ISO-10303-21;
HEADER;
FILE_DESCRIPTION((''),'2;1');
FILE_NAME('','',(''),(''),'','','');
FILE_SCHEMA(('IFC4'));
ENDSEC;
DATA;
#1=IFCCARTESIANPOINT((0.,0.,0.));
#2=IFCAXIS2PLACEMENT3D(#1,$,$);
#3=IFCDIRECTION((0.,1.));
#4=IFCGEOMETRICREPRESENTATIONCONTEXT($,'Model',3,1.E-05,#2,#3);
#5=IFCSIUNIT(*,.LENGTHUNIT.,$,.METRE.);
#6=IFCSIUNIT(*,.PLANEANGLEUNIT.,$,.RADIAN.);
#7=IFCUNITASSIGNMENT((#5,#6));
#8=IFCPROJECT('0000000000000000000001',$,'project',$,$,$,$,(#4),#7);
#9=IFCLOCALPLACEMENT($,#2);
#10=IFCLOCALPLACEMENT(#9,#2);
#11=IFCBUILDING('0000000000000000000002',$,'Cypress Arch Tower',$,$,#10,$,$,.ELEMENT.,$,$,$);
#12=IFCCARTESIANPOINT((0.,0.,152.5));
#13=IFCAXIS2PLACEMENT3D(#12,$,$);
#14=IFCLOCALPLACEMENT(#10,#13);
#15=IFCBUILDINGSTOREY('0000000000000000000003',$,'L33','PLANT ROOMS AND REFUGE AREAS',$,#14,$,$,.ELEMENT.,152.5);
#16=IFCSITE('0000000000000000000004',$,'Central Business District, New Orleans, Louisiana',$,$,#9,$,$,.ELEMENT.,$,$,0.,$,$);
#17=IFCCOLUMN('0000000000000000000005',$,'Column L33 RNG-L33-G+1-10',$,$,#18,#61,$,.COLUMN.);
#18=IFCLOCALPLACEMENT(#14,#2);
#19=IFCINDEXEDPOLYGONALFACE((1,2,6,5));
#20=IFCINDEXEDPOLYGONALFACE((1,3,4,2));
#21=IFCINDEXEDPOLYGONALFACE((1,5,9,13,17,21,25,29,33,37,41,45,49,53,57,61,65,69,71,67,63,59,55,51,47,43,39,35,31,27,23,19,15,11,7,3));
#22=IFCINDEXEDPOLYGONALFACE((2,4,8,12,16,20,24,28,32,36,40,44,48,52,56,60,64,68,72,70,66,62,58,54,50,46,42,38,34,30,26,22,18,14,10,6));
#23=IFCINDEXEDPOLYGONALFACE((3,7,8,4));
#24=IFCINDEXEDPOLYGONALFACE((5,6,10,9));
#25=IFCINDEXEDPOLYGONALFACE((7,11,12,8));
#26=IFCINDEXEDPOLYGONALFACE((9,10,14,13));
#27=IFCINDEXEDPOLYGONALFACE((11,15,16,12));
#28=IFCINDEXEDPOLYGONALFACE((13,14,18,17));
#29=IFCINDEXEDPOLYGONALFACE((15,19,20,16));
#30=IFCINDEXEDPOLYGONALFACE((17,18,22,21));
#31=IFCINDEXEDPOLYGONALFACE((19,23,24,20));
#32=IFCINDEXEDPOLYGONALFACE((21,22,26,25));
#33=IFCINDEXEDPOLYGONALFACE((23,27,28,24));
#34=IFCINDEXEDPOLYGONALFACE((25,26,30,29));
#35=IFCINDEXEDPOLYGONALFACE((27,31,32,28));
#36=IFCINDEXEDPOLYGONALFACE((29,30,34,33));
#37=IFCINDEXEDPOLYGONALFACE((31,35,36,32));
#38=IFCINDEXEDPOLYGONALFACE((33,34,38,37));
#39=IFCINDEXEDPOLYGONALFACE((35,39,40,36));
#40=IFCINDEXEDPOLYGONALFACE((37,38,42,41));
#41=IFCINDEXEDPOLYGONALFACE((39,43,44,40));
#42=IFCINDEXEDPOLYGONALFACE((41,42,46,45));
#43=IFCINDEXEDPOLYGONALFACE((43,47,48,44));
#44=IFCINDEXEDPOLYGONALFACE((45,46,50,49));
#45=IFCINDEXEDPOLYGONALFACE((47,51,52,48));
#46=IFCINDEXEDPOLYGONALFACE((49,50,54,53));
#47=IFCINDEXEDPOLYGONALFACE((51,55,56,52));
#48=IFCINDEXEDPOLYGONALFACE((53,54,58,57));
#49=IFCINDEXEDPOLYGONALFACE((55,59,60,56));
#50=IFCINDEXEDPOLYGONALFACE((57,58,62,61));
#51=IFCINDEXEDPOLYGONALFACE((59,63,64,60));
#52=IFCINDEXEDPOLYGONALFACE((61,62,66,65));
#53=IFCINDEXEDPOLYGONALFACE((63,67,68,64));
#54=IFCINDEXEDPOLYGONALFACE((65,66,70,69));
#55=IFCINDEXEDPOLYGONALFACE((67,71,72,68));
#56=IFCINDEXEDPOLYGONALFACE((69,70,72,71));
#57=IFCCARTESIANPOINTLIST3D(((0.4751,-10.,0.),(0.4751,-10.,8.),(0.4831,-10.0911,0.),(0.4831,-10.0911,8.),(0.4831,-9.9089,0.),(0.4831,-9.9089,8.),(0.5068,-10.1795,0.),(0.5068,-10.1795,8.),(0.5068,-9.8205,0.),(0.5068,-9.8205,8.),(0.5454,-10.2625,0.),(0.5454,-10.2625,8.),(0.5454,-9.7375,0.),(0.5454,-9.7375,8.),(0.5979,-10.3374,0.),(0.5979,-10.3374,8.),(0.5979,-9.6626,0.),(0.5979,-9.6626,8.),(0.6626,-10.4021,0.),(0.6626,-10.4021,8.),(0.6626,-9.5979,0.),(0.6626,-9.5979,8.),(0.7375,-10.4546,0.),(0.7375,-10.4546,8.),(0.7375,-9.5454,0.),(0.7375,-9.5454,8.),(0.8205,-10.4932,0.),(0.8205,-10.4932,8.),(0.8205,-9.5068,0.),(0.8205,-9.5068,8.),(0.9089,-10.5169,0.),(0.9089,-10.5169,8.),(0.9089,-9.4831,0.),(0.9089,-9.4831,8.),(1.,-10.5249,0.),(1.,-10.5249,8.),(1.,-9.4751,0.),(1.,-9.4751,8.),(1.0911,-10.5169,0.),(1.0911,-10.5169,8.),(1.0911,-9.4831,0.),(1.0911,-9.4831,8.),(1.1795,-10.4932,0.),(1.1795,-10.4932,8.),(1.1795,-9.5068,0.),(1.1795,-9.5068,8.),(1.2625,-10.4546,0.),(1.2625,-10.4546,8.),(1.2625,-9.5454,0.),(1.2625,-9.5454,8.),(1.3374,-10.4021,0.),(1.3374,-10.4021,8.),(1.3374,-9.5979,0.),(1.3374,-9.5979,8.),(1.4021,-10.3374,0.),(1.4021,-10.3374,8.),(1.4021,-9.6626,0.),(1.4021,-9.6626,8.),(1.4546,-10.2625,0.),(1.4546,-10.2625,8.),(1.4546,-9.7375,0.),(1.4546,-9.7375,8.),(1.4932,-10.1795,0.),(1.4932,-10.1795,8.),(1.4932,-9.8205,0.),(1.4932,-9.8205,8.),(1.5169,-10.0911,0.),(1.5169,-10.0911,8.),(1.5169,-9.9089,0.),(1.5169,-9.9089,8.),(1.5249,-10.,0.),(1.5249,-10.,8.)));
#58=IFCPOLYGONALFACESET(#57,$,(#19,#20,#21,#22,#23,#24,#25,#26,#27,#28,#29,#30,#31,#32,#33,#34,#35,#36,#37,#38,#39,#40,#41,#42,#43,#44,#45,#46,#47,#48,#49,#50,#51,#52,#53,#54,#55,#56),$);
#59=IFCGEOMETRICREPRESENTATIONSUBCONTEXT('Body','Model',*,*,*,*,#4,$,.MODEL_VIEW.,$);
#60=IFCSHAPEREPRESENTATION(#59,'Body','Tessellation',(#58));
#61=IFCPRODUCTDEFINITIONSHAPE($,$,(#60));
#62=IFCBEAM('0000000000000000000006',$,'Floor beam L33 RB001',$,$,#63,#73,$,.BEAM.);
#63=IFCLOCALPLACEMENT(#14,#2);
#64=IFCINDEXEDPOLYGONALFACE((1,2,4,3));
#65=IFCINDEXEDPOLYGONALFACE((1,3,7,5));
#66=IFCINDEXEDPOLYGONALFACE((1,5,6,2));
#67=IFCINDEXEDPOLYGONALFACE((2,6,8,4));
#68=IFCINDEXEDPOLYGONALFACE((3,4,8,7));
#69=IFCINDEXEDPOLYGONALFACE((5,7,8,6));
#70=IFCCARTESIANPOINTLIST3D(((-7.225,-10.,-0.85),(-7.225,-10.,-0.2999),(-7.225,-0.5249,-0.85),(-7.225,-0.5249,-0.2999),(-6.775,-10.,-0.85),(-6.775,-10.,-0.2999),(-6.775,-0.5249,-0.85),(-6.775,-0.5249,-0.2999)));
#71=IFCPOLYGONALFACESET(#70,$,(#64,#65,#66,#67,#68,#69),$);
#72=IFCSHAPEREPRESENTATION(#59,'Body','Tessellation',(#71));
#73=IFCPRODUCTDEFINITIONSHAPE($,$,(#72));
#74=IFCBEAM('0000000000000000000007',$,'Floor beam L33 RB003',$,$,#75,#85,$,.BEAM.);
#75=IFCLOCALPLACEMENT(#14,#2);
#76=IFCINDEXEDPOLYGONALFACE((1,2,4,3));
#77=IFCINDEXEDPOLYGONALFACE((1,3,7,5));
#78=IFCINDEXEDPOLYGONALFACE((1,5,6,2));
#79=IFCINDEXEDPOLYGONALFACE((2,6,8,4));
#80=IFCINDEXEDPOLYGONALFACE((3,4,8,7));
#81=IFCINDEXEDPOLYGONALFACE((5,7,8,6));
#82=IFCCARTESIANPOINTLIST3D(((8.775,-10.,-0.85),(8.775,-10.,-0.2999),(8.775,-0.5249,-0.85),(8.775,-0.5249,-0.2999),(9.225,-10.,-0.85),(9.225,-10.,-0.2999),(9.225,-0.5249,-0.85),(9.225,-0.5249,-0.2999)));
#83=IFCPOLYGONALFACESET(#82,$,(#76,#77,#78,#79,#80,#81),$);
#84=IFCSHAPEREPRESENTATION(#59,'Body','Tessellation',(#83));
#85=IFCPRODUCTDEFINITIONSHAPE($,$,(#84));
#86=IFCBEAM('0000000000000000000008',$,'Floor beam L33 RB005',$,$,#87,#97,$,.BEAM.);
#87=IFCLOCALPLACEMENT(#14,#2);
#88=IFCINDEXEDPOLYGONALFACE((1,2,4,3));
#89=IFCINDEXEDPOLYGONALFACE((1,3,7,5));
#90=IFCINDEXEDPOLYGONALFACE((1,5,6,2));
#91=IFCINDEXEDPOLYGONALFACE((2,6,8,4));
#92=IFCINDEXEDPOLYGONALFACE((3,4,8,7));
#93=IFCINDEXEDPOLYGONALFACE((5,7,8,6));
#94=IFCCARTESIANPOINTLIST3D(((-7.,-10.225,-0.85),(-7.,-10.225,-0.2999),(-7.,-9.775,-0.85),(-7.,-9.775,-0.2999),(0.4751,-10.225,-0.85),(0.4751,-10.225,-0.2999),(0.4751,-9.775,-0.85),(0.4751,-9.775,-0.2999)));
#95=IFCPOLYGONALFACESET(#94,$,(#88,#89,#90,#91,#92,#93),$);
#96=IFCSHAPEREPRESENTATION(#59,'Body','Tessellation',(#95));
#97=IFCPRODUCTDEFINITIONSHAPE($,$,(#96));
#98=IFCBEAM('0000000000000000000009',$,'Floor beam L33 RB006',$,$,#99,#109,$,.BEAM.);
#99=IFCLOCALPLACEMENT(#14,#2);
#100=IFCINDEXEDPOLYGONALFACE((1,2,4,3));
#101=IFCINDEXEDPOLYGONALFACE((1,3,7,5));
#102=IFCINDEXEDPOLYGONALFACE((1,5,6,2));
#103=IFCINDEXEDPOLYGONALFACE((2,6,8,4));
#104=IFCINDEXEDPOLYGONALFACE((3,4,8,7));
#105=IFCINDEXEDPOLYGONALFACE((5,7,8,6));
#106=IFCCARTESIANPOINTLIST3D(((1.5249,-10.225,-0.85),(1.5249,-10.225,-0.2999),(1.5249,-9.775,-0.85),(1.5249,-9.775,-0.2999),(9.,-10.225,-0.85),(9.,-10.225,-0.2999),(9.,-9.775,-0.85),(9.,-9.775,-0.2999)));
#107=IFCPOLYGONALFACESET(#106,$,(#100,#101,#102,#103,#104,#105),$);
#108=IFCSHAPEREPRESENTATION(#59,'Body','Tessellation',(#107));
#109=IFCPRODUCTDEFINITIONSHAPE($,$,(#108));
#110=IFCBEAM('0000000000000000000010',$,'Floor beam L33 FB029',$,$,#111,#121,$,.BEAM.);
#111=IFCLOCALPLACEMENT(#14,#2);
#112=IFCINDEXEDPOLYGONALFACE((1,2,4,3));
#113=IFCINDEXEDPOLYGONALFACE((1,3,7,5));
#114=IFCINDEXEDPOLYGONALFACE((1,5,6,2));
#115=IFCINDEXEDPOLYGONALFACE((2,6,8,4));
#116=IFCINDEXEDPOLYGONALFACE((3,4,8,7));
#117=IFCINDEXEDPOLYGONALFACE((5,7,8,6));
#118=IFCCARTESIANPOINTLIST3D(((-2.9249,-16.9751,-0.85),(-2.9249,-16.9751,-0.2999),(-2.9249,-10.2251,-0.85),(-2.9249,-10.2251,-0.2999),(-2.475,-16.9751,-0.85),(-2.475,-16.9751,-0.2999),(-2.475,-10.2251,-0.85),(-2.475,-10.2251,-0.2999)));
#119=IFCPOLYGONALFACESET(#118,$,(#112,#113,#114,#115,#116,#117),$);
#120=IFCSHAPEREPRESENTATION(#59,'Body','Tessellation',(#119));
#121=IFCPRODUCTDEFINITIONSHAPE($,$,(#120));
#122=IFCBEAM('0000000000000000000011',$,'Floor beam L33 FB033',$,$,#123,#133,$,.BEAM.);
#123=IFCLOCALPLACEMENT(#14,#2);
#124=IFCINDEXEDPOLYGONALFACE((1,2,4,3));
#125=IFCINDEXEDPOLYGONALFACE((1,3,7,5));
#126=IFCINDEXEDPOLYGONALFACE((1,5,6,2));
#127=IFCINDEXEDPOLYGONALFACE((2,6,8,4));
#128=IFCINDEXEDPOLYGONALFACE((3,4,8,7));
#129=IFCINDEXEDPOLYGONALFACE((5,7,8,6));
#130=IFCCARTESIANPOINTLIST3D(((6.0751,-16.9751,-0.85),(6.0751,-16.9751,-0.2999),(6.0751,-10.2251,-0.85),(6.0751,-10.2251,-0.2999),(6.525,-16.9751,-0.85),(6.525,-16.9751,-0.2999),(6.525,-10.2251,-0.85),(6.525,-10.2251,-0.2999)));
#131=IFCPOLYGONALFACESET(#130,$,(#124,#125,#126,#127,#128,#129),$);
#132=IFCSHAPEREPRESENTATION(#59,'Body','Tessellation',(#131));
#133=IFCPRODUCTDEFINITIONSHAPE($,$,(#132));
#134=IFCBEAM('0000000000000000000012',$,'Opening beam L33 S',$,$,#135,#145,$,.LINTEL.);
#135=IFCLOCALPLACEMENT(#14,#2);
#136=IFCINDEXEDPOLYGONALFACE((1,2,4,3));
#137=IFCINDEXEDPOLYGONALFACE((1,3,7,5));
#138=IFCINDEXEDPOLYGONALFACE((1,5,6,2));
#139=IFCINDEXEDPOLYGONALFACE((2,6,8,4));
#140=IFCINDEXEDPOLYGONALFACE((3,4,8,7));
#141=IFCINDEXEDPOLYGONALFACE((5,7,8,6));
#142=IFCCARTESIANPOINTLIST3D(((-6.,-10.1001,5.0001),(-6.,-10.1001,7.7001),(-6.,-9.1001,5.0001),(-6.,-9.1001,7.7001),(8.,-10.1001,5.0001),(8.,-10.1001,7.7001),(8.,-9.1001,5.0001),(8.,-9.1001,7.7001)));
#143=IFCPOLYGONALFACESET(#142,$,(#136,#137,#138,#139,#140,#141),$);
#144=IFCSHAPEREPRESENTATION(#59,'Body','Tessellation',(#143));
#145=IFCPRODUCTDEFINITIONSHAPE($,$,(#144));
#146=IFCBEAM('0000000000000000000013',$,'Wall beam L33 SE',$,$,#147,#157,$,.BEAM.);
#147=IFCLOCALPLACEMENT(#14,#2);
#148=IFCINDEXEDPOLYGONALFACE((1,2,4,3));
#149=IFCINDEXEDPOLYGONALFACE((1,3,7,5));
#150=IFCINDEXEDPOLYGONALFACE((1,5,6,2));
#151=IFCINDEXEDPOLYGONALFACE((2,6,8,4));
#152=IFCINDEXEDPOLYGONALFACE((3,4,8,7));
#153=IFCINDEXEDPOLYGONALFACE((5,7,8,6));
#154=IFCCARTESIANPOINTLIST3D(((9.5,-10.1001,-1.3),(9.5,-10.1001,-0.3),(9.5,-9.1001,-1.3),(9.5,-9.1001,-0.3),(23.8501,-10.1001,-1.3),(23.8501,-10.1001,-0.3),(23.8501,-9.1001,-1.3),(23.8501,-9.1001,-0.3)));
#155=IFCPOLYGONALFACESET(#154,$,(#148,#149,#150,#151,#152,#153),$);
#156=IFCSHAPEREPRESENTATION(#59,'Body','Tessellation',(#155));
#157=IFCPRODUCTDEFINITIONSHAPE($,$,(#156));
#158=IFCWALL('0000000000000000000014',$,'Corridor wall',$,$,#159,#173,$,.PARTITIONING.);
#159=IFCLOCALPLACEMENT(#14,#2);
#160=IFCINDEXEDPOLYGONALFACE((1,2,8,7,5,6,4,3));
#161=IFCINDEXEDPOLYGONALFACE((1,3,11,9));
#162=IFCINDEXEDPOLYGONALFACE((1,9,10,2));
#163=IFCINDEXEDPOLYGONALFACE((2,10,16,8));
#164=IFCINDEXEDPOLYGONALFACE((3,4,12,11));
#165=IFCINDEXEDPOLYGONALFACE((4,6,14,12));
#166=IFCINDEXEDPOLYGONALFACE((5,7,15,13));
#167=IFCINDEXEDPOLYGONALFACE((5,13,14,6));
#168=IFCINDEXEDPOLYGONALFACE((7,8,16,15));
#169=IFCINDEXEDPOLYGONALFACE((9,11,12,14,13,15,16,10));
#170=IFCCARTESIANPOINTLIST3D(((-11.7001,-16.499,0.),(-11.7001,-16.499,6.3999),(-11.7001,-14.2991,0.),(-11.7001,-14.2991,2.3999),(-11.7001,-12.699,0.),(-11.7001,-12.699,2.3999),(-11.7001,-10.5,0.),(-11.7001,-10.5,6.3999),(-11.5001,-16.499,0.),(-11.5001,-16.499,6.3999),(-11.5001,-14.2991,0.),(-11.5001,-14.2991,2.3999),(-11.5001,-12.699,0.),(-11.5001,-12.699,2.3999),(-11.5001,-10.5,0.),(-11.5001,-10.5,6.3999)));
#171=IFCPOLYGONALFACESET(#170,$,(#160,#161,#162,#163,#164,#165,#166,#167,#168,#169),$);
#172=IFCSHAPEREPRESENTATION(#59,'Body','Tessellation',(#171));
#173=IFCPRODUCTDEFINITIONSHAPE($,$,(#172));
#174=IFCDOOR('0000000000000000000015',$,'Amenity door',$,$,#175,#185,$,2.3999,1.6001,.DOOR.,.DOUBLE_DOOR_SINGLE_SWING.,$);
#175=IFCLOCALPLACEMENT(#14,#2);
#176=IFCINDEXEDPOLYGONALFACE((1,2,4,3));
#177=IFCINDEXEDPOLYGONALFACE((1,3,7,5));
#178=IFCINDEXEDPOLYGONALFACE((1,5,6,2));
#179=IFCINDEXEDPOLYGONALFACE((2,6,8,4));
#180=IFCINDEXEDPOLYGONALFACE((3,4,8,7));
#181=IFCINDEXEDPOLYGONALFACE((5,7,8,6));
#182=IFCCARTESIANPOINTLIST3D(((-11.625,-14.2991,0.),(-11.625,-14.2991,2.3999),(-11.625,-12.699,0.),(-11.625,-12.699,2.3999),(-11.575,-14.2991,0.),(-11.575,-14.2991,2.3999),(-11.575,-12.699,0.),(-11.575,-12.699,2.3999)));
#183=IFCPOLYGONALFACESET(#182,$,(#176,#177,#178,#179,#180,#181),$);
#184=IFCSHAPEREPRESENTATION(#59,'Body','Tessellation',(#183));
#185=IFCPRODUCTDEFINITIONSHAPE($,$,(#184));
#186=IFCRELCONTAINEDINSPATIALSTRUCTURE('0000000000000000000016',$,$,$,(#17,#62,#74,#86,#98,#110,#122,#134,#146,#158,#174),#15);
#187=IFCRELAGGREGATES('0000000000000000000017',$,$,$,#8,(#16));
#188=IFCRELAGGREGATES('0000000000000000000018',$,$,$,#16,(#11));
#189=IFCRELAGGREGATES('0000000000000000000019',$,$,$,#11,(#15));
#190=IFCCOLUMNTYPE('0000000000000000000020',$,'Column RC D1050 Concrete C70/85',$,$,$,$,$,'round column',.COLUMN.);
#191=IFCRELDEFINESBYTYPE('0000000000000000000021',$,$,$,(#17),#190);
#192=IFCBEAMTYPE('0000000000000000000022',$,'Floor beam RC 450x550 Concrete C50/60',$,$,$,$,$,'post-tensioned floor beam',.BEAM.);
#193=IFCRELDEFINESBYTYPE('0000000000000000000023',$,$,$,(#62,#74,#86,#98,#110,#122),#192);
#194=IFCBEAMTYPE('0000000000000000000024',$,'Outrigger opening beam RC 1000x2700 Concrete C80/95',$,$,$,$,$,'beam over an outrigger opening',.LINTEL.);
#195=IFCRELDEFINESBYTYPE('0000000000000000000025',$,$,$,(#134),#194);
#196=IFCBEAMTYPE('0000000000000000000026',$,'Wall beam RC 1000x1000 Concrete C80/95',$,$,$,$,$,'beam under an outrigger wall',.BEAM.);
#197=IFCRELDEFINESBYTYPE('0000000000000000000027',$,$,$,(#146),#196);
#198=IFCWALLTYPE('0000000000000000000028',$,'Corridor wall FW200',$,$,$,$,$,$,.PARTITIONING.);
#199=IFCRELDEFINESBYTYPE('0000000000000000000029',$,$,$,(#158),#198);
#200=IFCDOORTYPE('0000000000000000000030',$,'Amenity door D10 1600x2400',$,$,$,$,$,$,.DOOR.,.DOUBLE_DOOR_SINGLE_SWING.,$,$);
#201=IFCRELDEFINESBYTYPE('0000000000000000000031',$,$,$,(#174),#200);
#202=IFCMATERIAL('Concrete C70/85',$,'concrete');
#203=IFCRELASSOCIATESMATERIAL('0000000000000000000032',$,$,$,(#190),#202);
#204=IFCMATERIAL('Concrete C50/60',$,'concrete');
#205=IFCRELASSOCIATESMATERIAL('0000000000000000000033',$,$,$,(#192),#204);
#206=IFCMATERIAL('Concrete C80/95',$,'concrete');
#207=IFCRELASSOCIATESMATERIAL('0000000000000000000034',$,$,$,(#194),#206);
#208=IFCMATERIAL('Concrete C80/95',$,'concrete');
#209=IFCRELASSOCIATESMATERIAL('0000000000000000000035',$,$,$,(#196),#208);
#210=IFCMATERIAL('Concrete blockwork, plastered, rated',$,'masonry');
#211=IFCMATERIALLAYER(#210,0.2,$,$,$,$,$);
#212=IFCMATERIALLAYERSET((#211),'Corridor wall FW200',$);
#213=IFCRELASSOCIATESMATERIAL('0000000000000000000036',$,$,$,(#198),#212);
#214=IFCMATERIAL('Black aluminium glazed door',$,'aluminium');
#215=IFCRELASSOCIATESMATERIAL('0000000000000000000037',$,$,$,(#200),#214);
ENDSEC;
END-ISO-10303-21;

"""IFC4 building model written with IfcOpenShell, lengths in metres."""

from ifc_helpers import new_model, si_unit, direction, frame, frame_2d, origin, origin_2d, place, context, subcontext, project, spatial, rectangle, circle, extrude, material, layer, layer_set, material_profile, profile_set, type_object, element, fill, save


model = new_model("IFC4")

# Units and contexts
model_context = context("Model", 3, precision=1e-05, world=origin(), true_north=direction((0.0, 1.0)))
body_context = subcontext(model_context, "Body", "Model", "MODEL_VIEW")
ifc_project = project(units=[si_unit("LENGTHUNIT", "METRE"), si_unit("PLANEANGLEUNIT", "RADIAN")], contexts=[model_context])

# Site, building, storey
site_placement = place(None, origin())
site = spatial("IfcSite", under=ifc_project, at=site_placement, Name="Central Business District, New Orleans, Louisiana", CompositionType="ELEMENT", RefElevation=0.0)
building_placement = place(site_placement, origin())
building = spatial("IfcBuilding", under=site, at=building_placement, Name="Cypress Arch Tower", CompositionType="ELEMENT")
storey_placement = place(building_placement, frame((0.0, 0.0, 152.5)))
storey = spatial("IfcBuildingStorey", under=building, at=storey_placement, Name="L33", Description="PLANT ROOMS AND REFUGE AREAS", CompositionType="ELEMENT", Elevation=152.5)

# Column
ifc_material_1 = material(Name="Concrete C70/85", Category="concrete")
ifc_material_profile_1 = material_profile(ifc_material_1, circle(Radius=0.5249, at=origin_2d()), Name="RC D1050")
ifc_profile_set_1 = profile_set([ifc_material_profile_1], Name="Concrete C70/85")
column_type = type_object("IfcColumnType", Name="Column RC D1050 Concrete C70/85", ElementType="round column", PredefinedType="COLUMN", material=ifc_profile_set_1)
column_placement = place(storey_placement, frame((1.0, -10.0, 0.0), z_axis=(0.0, 0.0, 1.0), x_axis=(1.0, 0.0, 0.0)))
element("IfcColumn", 1, at=column_placement, inside=storey, type_object=column_type, Name="Column L33 RNG-L33-G+1-10", PredefinedType="COLUMN", context=body_context, shape_type="SweptSolid", body=[
    extrude(circle(Radius=0.5249, at=origin_2d()), origin(), (0.0, 0.0, 1.0), 8.0),
])

# Beams
ifc_material_2 = material(Name="Concrete C50/60", Category="concrete")
ifc_material_profile_2 = material_profile(ifc_material_2, rectangle(XDim=0.45, YDim=0.55, at=origin_2d()), Name="RC 450x550")
ifc_profile_set_2 = profile_set([ifc_material_profile_2], Name="Concrete C50/60")
beam_type_1 = type_object("IfcBeamType", Name="Floor beam RC 450x550 Concrete C50/60", ElementType="post-tensioned floor beam", PredefinedType="BEAM", material=ifc_profile_set_2)
for number, where, z_axis, x_axis, name in (
    (2, (-7.0, -10.0, -0.575), (0.0, 1.0, 0.0), (-1.0, 0.0, 0.0), "Floor beam L33 RB001"),
    (3, (9.0, -10.0, -0.575), (0.0, 1.0, 0.0), (-1.0, 0.0, 0.0), "Floor beam L33 RB003"),
):
    element("IfcBeam", number, at=place(storey_placement, frame(where, z_axis=z_axis, x_axis=x_axis)), inside=storey, type_object=beam_type_1, Name=name, PredefinedType="BEAM", context=body_context, shape_type="SweptSolid", body=[
        extrude(rectangle(XDim=0.45, YDim=0.55, at=origin_2d()), origin(), (0.0, 0.0, 1.0), 9.4751),
    ])
for number, where, z_axis, x_axis, name in (
    (4, (-7.0, -10.0, -0.575), (1.0, 0.0, 0.0), (0.0, 1.0, 0.0), "Floor beam L33 RB005"),
    (5, (1.5249, -10.0, -0.575), (1.0, 0.0, 0.0), (0.0, 1.0, 0.0), "Floor beam L33 RB006"),
):
    element("IfcBeam", number, at=place(storey_placement, frame(where, z_axis=z_axis, x_axis=x_axis)), inside=storey, type_object=beam_type_1, Name=name, PredefinedType="BEAM", context=body_context, shape_type="SweptSolid", body=[
        extrude(rectangle(XDim=0.45, YDim=0.55, at=origin_2d()), origin(), (0.0, 0.0, 1.0), 7.4751),
    ])
for number, where, z_axis, x_axis, name in (
    (6, (-2.7, -16.9751, -0.575), (0.0, 1.0, 0.0), (-1.0, 0.0, 0.0), "Floor beam L33 FB029"),
    (7, (6.3, -16.9751, -0.575), (0.0, 1.0, 0.0), (-1.0, 0.0, 0.0), "Floor beam L33 FB033"),
):
    element("IfcBeam", number, at=place(storey_placement, frame(where, z_axis=z_axis, x_axis=x_axis)), inside=storey, type_object=beam_type_1, Name=name, PredefinedType="BEAM", context=body_context, shape_type="SweptSolid", body=[
        extrude(rectangle(XDim=0.45, YDim=0.55, at=origin_2d()), origin(), (0.0, 0.0, 1.0), 6.75),
    ])
ifc_material_3 = material(Name="Concrete C80/95", Category="concrete")
ifc_material_profile_3 = material_profile(ifc_material_3, rectangle(XDim=1.0, YDim=2.7, at=origin_2d()), Name="RC 1000x2700")
ifc_profile_set_3 = profile_set([ifc_material_profile_3], Name="Concrete C80/95")
beam_type_2 = type_object("IfcBeamType", Name="Outrigger opening beam RC 1000x2700 Concrete C80/95", ElementType="beam over an outrigger opening", PredefinedType="LINTEL", material=ifc_profile_set_3)
beam_1_placement = place(storey_placement, frame((-6.0, -9.6001, 6.3501), z_axis=(1.0, 0.0, 0.0), x_axis=(0.0, 1.0, 0.0)))
element("IfcBeam", 8, at=beam_1_placement, inside=storey, type_object=beam_type_2, Name="Opening beam L33 S", PredefinedType="LINTEL", context=body_context, shape_type="SweptSolid", body=[
    extrude(rectangle(XDim=1.0, YDim=2.7, at=origin_2d()), origin(), (0.0, 0.0, 1.0), 14.0),
])
ifc_material_4 = material(Name="Concrete C80/95", Category="concrete")
ifc_material_profile_4 = material_profile(ifc_material_4, rectangle(XDim=1.0, YDim=1.0, at=origin_2d()), Name="RC 1000x1000")
ifc_profile_set_4 = profile_set([ifc_material_profile_4], Name="Concrete C80/95")
beam_type_3 = type_object("IfcBeamType", Name="Wall beam RC 1000x1000 Concrete C80/95", ElementType="beam under an outrigger wall", PredefinedType="BEAM", material=ifc_profile_set_4)
beam_2_placement = place(storey_placement, frame((9.5, -9.6001, -0.8), z_axis=(1.0, 0.0, 0.0), x_axis=(0.0, 1.0, 0.0)))
element("IfcBeam", 9, at=beam_2_placement, inside=storey, type_object=beam_type_3, Name="Wall beam L33 SE", PredefinedType="BEAM", context=body_context, shape_type="SweptSolid", body=[
    extrude(rectangle(XDim=1.0, YDim=1.0, at=origin_2d()), origin(), (0.0, 0.0, 1.0), 14.3501),
])

# Wall, opening, door
ifc_material_5 = material(Name="Concrete blockwork, plastered, rated", Category="masonry")
ifc_layer_1 = layer(ifc_material_5, 0.2)
ifc_layer_set_1 = layer_set([ifc_layer_1], Name="Corridor wall FW200")
wall_type_1 = type_object("IfcWallType", Name="Corridor wall FW200", PredefinedType="PARTITIONING", material=ifc_layer_set_1)
wall_1_placement = place(storey_placement, frame((-11.6001, -16.499, 0.0), z_axis=(0.0, 0.0, 1.0), x_axis=(0.0, 1.0, 0.0)))
wall_1 = element("IfcWall", 10, at=wall_1_placement, inside=storey, type_object=wall_type_1, Name="Corridor wall", PredefinedType="PARTITIONING", context=body_context, shape_type="SweptSolid", body=[
    extrude(rectangle(XDim=5.999, YDim=0.2, at=frame_2d((2.9995, 0.0))), origin(), (0.0, 0.0, 1.0), 6.3999),
])
opening_1_placement = place(wall_1_placement, frame((2.2, 0.0, 0.0)))
opening_1 = element("IfcOpeningElement", 11, at=opening_1_placement, cuts=wall_1, PredefinedType="OPENING", context=body_context, shape_type="SweptSolid", body=[
    extrude(rectangle(XDim=1.6001, YDim=2.3999, at=frame_2d((0.8, 1.2))), frame((0.0, 0.1099, 0.0), z_axis=(0.0, -1.0, 0.0), x_axis=(1.0, 0.0, 0.0)), (0.0, 0.0, 1.0), 0.22),
])
ifc_material_6 = material(Name="Black aluminium glazed door", Category="aluminium")
door_type_1 = type_object("IfcDoorType", Name="Amenity door D10 1600x2400", OperationType="DOUBLE_DOOR_SINGLE_SWING", PredefinedType="DOOR", material=ifc_material_6)
door_1_placement = place(opening_1_placement, origin())
door_1 = element("IfcDoor", 12, at=door_1_placement, inside=storey, type_object=door_type_1, Name="Amenity door", OperationType="DOUBLE_DOOR_SINGLE_SWING", OverallHeight=2.3999, OverallWidth=1.6001, PredefinedType="DOOR", context=body_context, shape_type="SweptSolid", body=[
    extrude(rectangle(XDim=1.6001, YDim=2.3999, at=frame_2d((0.8, 1.2))), frame((0.0, 0.0249, 0.0), z_axis=(0.0, -1.0, 0.0), x_axis=(1.0, 0.0, 0.0)), (0.0, 0.0, 1.0), 0.05),
])
fill(opening_1, door_1)

save(model, "model.ifc")
